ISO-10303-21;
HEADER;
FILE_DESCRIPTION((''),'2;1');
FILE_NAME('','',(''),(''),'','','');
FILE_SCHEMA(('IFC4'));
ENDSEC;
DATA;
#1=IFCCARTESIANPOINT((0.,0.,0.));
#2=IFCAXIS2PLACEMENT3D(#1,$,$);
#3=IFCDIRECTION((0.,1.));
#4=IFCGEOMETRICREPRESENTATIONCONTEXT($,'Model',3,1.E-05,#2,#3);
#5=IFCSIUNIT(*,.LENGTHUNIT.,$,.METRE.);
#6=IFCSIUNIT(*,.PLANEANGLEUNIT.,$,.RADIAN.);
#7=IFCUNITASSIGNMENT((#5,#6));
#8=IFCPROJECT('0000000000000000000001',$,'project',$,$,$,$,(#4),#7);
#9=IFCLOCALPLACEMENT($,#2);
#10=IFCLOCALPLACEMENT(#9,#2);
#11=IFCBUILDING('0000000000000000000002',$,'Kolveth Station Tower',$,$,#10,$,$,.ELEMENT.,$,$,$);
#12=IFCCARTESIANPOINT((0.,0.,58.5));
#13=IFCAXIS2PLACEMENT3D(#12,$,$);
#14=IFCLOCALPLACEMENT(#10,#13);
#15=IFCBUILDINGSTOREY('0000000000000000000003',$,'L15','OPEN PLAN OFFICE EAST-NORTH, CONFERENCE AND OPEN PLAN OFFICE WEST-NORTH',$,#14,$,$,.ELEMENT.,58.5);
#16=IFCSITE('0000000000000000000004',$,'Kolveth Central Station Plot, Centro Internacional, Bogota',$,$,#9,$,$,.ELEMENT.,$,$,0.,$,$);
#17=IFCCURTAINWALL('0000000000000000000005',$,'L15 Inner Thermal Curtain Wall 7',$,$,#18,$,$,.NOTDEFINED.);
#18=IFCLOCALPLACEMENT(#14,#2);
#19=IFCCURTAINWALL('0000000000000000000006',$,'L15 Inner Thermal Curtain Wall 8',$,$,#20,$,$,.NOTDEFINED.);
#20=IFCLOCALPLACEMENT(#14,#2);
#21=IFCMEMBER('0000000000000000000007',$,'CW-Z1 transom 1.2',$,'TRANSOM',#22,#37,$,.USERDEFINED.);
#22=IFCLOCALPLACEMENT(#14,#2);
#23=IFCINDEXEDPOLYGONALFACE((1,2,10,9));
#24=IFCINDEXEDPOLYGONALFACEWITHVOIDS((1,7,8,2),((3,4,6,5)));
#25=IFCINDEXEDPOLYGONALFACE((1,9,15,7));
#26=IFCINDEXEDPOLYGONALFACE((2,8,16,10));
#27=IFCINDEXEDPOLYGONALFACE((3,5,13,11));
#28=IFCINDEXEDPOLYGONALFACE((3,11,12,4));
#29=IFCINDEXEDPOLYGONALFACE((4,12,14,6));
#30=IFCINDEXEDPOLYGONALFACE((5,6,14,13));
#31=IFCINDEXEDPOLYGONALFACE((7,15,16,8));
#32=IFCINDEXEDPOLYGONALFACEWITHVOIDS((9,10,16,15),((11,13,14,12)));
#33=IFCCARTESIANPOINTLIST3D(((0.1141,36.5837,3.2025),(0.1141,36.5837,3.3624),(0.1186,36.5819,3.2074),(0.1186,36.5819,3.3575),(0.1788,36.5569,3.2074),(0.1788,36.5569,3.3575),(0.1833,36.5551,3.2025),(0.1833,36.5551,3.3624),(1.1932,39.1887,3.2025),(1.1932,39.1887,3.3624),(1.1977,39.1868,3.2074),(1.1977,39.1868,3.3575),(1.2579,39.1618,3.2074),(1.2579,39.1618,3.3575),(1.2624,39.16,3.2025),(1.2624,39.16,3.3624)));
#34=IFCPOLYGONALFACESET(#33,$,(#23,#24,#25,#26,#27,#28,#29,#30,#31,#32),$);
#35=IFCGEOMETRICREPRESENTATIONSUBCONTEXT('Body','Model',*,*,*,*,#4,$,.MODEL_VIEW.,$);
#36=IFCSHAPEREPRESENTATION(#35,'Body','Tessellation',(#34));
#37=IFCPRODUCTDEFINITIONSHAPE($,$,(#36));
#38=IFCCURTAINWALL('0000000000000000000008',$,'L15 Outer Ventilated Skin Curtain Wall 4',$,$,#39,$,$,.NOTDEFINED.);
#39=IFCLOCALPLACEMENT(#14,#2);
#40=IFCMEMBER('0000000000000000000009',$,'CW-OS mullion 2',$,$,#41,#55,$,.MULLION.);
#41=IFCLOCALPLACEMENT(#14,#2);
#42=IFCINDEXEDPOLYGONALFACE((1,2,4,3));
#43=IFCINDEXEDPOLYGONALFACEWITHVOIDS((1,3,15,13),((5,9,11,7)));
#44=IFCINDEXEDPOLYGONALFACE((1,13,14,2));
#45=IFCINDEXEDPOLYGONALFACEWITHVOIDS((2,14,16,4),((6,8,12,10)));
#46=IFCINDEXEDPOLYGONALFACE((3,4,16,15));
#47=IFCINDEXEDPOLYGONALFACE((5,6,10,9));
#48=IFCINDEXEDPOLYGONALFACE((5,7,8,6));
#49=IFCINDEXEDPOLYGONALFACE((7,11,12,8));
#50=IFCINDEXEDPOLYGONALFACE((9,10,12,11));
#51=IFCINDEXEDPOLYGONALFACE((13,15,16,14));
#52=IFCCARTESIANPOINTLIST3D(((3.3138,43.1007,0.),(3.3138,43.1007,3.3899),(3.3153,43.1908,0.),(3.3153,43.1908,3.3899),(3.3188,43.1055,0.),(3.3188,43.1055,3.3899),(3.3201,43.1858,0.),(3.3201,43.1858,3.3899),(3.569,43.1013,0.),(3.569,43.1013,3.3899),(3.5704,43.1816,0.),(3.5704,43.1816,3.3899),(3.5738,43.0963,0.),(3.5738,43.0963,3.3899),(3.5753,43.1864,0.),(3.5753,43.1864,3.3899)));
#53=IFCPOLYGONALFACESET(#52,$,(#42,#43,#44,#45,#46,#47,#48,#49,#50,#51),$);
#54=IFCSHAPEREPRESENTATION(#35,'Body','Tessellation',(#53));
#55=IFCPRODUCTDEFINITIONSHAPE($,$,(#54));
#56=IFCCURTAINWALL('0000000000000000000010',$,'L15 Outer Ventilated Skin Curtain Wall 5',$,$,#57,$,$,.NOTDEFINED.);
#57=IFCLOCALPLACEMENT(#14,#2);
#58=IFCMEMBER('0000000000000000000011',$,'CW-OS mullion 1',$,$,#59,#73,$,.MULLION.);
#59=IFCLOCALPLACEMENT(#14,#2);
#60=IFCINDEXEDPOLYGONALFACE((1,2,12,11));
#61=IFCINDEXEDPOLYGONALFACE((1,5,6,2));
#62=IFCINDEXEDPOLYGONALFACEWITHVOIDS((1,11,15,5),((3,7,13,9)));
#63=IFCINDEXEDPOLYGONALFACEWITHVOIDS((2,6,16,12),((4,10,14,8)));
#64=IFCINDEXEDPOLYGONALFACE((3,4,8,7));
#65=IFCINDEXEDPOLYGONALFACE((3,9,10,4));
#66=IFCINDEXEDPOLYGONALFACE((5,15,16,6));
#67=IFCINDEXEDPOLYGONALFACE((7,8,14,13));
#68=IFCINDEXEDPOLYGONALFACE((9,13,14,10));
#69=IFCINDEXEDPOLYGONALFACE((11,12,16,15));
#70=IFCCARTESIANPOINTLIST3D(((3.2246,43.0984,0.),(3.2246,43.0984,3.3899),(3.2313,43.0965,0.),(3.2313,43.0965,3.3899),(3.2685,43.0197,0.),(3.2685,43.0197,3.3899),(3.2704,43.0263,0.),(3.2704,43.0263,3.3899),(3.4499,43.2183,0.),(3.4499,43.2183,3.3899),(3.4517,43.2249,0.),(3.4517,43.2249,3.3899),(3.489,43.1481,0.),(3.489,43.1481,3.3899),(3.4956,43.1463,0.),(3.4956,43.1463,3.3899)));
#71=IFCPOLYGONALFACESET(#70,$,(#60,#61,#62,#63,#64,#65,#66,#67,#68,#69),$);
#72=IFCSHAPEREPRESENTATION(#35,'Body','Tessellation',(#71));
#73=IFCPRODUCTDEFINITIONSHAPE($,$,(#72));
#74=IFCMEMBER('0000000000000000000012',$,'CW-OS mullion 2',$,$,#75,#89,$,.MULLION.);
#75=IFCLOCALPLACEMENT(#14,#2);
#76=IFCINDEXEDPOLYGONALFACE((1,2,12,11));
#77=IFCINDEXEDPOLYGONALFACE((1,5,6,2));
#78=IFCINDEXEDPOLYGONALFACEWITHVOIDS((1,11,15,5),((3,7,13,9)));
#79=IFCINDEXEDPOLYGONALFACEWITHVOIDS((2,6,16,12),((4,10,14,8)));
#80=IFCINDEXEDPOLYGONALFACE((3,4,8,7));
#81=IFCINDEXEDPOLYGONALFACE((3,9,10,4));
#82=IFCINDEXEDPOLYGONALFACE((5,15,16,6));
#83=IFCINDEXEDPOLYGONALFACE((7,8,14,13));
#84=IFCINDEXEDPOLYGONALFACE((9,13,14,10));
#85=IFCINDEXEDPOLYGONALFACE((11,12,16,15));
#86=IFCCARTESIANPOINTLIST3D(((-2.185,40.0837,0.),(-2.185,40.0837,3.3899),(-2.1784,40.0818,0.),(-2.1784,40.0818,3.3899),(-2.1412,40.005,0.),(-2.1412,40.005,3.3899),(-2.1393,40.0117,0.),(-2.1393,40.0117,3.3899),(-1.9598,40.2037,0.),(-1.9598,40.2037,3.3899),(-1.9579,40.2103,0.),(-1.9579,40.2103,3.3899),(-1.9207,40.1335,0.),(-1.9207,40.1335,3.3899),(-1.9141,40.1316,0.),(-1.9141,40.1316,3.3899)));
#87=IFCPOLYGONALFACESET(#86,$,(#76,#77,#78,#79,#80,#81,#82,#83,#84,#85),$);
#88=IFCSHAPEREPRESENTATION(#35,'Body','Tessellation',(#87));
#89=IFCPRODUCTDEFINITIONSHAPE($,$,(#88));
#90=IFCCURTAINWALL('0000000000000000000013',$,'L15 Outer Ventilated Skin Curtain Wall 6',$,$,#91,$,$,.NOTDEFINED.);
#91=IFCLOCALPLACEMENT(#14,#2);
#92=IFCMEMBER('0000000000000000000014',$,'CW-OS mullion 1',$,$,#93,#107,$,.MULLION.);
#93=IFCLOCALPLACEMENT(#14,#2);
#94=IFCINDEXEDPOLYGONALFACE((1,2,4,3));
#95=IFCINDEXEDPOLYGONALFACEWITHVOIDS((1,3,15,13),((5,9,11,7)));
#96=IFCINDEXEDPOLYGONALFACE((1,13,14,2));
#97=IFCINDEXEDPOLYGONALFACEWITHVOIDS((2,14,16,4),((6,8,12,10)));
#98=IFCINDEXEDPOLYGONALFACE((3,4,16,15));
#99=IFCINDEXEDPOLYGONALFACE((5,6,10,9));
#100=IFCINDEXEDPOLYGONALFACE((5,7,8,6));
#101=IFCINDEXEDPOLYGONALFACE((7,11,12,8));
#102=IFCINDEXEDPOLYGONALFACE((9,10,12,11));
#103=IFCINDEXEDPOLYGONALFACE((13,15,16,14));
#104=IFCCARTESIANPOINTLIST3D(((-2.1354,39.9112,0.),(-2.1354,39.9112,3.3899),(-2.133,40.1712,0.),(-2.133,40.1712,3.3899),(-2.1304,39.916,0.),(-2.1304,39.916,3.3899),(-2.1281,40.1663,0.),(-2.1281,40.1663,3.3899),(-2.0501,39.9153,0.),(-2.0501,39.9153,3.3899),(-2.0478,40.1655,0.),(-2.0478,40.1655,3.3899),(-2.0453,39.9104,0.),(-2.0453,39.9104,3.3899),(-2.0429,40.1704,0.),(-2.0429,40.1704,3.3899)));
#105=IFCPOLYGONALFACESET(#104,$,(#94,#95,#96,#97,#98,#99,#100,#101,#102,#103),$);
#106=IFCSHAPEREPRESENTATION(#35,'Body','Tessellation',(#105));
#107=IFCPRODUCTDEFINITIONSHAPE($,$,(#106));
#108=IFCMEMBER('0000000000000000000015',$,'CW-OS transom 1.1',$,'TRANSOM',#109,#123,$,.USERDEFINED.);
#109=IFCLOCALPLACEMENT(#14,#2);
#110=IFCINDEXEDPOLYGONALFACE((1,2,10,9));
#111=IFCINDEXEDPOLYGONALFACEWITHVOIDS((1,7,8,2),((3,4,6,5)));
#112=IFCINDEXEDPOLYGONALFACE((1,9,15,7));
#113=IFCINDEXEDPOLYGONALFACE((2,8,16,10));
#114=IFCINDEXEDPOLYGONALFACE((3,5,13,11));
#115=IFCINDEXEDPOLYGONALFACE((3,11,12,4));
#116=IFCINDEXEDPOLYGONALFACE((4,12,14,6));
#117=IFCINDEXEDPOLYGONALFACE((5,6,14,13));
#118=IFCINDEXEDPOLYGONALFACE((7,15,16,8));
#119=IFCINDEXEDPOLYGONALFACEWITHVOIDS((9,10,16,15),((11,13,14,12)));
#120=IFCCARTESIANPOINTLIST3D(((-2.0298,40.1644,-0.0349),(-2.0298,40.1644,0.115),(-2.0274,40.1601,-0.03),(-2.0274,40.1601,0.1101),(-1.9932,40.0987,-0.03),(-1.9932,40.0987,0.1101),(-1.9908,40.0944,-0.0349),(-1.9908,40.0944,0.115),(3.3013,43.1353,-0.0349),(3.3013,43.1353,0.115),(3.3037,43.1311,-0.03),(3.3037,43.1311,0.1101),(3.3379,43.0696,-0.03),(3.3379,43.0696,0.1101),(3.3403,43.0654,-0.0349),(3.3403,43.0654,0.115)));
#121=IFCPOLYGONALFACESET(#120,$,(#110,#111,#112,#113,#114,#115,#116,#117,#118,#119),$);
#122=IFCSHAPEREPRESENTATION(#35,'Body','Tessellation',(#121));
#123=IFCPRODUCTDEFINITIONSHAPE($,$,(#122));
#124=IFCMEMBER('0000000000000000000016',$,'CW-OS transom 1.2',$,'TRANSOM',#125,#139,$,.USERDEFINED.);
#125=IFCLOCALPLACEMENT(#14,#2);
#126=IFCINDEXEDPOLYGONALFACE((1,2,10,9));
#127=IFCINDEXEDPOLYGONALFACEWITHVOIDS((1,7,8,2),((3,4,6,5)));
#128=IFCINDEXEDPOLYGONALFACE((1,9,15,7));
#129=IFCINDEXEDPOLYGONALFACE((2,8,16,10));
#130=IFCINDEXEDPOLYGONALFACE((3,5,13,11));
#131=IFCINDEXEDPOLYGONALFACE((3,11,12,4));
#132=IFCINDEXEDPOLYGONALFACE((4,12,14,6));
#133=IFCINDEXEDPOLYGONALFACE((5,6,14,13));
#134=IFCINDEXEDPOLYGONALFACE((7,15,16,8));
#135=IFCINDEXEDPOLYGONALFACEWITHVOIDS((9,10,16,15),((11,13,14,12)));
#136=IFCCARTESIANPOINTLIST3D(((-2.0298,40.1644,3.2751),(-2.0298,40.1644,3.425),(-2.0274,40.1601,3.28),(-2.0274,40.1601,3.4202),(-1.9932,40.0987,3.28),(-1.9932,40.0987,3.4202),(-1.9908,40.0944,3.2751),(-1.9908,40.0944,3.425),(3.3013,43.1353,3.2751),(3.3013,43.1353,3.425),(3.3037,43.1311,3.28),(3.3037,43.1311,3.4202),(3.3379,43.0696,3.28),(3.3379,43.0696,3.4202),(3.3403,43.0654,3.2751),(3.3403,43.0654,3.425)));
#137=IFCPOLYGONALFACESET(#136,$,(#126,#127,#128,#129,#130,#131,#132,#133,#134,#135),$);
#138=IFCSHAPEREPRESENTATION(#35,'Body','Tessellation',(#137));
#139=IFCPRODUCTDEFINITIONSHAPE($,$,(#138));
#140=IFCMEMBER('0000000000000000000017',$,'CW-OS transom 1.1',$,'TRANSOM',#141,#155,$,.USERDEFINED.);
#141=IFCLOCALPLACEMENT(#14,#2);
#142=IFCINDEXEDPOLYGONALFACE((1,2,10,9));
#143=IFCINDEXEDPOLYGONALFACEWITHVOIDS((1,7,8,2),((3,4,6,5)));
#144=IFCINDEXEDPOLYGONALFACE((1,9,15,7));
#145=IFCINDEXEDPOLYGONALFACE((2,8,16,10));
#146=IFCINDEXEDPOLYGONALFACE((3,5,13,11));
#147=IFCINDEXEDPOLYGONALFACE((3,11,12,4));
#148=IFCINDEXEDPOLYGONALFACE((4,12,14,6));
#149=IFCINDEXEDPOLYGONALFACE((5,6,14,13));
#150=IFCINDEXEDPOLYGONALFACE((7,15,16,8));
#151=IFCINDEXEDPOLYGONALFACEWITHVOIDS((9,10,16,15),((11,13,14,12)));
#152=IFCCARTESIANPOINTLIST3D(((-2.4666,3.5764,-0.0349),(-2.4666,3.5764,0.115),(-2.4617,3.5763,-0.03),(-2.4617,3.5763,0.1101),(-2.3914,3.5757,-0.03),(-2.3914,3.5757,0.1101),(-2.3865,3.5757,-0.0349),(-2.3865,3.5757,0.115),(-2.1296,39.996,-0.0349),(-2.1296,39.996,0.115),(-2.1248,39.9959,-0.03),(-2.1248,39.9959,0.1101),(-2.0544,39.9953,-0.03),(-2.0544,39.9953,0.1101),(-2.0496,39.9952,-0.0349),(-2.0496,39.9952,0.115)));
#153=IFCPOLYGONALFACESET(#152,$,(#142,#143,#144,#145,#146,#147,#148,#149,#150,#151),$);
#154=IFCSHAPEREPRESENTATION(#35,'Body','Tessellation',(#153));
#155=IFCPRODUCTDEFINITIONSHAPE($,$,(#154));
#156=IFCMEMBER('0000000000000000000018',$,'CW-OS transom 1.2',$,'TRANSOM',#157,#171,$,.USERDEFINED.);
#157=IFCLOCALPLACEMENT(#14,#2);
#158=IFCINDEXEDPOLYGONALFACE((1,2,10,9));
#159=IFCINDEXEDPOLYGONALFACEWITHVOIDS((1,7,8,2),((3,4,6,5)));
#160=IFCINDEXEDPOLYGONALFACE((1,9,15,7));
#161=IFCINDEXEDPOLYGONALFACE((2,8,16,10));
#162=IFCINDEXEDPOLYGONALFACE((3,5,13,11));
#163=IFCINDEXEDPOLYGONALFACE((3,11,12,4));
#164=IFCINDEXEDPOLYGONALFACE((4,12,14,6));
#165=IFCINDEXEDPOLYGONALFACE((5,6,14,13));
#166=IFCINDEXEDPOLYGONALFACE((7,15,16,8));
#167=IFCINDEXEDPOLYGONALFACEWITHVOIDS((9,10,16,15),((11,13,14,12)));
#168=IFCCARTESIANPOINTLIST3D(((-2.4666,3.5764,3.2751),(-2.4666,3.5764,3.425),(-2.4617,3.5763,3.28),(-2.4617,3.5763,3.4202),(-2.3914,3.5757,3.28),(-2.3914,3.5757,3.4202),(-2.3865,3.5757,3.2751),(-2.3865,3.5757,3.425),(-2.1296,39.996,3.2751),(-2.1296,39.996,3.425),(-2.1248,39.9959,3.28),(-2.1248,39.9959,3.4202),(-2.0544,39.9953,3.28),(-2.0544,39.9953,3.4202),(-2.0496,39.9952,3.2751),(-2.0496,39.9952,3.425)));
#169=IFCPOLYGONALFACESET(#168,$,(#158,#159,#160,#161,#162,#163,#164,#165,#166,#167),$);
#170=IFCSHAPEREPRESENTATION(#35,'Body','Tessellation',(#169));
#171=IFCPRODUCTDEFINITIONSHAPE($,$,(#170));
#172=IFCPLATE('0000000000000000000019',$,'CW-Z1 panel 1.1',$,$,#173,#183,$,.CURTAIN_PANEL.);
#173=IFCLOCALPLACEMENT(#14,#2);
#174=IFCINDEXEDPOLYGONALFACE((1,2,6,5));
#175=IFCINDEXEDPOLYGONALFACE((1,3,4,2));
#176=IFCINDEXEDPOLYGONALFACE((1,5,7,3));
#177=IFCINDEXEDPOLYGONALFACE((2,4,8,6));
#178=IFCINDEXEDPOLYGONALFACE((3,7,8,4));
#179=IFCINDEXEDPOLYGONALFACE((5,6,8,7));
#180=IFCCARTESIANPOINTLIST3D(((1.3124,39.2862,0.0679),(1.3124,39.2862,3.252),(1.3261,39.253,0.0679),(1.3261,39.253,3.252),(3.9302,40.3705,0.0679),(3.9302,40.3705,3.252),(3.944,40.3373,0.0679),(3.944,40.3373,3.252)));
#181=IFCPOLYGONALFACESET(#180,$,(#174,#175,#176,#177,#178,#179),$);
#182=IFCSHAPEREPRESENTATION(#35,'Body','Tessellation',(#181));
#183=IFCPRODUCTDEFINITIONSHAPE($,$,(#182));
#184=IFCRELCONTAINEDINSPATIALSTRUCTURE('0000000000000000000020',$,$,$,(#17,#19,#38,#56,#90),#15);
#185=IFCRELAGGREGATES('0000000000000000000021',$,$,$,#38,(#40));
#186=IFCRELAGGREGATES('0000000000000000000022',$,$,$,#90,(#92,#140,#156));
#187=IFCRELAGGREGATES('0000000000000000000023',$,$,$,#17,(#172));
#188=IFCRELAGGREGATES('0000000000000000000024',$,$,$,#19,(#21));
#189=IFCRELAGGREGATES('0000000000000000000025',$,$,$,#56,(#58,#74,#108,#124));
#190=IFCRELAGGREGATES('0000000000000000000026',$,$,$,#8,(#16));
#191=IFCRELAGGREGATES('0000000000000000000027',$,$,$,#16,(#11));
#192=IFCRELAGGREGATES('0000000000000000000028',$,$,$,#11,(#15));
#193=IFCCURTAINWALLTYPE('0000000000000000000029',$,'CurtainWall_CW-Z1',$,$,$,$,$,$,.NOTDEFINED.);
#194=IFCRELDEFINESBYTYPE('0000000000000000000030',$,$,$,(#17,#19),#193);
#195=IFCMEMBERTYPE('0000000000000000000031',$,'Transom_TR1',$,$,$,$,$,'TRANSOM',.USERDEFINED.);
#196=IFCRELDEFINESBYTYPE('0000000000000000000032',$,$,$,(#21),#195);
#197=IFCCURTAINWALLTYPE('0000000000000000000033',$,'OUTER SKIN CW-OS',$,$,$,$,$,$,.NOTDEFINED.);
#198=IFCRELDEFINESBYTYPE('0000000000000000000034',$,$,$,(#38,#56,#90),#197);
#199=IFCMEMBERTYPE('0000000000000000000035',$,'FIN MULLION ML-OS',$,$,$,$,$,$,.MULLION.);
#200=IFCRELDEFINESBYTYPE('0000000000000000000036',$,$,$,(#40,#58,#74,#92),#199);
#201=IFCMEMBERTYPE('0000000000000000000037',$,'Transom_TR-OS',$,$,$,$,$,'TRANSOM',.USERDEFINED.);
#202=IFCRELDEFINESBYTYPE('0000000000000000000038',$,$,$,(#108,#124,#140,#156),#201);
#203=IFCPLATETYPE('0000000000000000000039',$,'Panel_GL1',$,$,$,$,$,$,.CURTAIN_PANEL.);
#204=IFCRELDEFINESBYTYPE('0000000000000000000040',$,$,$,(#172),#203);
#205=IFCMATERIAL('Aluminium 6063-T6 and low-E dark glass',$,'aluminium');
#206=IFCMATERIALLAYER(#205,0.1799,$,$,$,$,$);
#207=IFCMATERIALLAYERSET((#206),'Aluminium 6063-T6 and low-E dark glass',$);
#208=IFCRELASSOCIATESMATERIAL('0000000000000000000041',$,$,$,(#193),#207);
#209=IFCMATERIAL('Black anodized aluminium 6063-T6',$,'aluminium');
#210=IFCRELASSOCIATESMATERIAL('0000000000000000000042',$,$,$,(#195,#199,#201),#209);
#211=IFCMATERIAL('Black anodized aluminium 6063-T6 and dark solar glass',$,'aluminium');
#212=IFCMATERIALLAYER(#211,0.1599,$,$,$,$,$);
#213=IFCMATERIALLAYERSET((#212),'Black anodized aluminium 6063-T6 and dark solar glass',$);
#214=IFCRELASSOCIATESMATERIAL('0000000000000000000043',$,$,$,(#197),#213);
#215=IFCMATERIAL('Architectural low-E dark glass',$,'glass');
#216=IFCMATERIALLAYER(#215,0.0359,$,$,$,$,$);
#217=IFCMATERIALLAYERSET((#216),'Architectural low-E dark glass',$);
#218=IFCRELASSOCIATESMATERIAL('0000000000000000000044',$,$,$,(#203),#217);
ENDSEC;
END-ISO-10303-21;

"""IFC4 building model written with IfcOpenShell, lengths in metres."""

from ifc_helpers import new_model, si_unit, direction, frame, origin, origin_2d, place, context, subcontext, project, spatial, rectangle, hollow_rectangle, extrude, source, transform, mapped, material, layer, layer_set, material_profile, profile_set, type_object, element, aggregate, save


model = new_model("IFC4")

# Units and contexts
model_context = context("Model", 3, precision=1e-05, world=origin(), true_north=direction((0.0, 1.0)))
body_context = subcontext(model_context, "Body", "Model", "MODEL_VIEW")
ifc_project = project(units=[si_unit("LENGTHUNIT", "METRE"), si_unit("PLANEANGLEUNIT", "RADIAN")], contexts=[model_context])

# Site, building, storey
site_placement = place(None, origin())
site = spatial("IfcSite", under=ifc_project, at=site_placement, Name="Kolveth Central Station Plot, Centro Internacional, Bogota", CompositionType="ELEMENT", RefElevation=0.0)
building_placement = place(site_placement, origin())
building = spatial("IfcBuilding", under=site, at=building_placement, Name="Kolveth Station Tower", CompositionType="ELEMENT")
storey_placement = place(building_placement, frame((0.0, 0.0, 58.5)))
storey = spatial("IfcBuildingStorey", under=building, at=storey_placement, Name="L15", Description="OPEN PLAN OFFICE EAST-NORTH, CONFERENCE AND OPEN PLAN OFFICE WEST-NORTH", CompositionType="ELEMENT", Elevation=58.5)

# Shared definitions
ifc_material_1 = material(Name="Aluminium 6063-T6 and low-E dark glass", Category="aluminium")
ifc_layer_1 = layer(ifc_material_1, 0.1799)
ifc_layer_set_1 = layer_set([ifc_layer_1], Name="Aluminium 6063-T6 and low-E dark glass")
curtain_wall_type_1 = type_object("IfcCurtainWallType", Name="CurtainWall_CW-Z1", PredefinedType="NOTDEFINED", material=ifc_layer_set_1)
ifc_material_2 = material(Name="Black anodized aluminium 6063-T6", Category="aluminium")

# Curtain walls
curtain_wall_1_placement = place(storey_placement, origin())
curtain_wall_1 = element("IfcCurtainWall", 1, at=curtain_wall_1_placement, inside=storey, type_object=curtain_wall_type_1, Name="L15 Inner Thermal Curtain Wall 7", PredefinedType="NOTDEFINED")
curtain_wall_2_placement = place(storey_placement, origin())
curtain_wall_2 = element("IfcCurtainWall", 2, at=curtain_wall_2_placement, inside=storey, type_object=curtain_wall_type_1, Name="L15 Inner Thermal Curtain Wall 8", PredefinedType="NOTDEFINED")

# Member
ifc_material_profile_1 = material_profile(ifc_material_2, hollow_rectangle(XDim=0.075, YDim=0.1599, WallThickness=0.0049, at=origin_2d()), Name="ALU-75x160x5")
ifc_profile_set_1 = profile_set([ifc_material_profile_1], Name="Black anodized aluminium 6063-T6")
member_type_1 = type_object("IfcMemberType", Name="Transom_TR1", ElementType="TRANSOM", PredefinedType="USERDEFINED", material=ifc_profile_set_1)
shared_shape_1 = source(origin(), body_context, "Body", "SweptSolid", [
    extrude(hollow_rectangle(XDim=0.075, YDim=0.1599, WallThickness=0.0049, at=origin_2d()), origin(), (0.0, 0.0, 1.0), 2.8196),
])
member_1_placement = place(storey_placement, frame((1.2278, 39.1743, 3.2825), z_axis=(-0.382709, -0.923869, 0.0), x_axis=(0.923869, -0.382709, 0.0)))
member_1 = element("IfcMember", 3, at=member_1_placement, type_object=member_type_1, Name="CW-Z1 transom 1.2", ObjectType="TRANSOM", PredefinedType="USERDEFINED", context=body_context, shape_type="MappedRepresentation", body=[
    mapped(shared_shape_1, transform((0.0, 0.0, 0.0), x_axis=(1.0, 0.0, 0.0), y_axis=(0.0, 1.0, 0.0), z_axis=(0.0, 0.0, 1.0), scale=1.0)),
])

# Curtain wall, member
ifc_material_3 = material(Name="Black anodized aluminium 6063-T6 and dark solar glass", Category="aluminium")
ifc_layer_2 = layer(ifc_material_3, 0.1599)
ifc_layer_set_2 = layer_set([ifc_layer_2], Name="Black anodized aluminium 6063-T6 and dark solar glass")
curtain_wall_type_2 = type_object("IfcCurtainWallType", Name="OUTER SKIN CW-OS", PredefinedType="NOTDEFINED", material=ifc_layer_set_2)
curtain_wall_3_placement = place(storey_placement, origin())
curtain_wall_3 = element("IfcCurtainWall", 4, at=curtain_wall_3_placement, inside=storey, type_object=curtain_wall_type_2, Name="L15 Outer Ventilated Skin Curtain Wall 4", PredefinedType="NOTDEFINED")
ifc_material_profile_2 = material_profile(ifc_material_2, hollow_rectangle(XDim=0.0901, YDim=0.26, WallThickness=0.0049, at=origin_2d()), Name="ALU-90x260x5")
ifc_profile_set_2 = profile_set([ifc_material_profile_2], Name="Black anodized aluminium 6063-T6")
member_type_2 = type_object("IfcMemberType", Name="FIN MULLION ML-OS", PredefinedType="MULLION", material=ifc_profile_set_2)
shared_shape_2 = source(origin(), body_context, "Body", "SweptSolid", [
    extrude(hollow_rectangle(XDim=0.0901, YDim=0.26, WallThickness=0.0049, at=origin_2d()), origin(), (0.0, 0.0, 1.0), 3.3899),
])
member_2_placement = place(storey_placement, frame((3.4446, 43.1436, 0.0), z_axis=(0.0, 0.0, 1.0), x_axis=(-0.016764, -0.999859, 0.0)))
member_2 = element("IfcMember", 5, at=member_2_placement, type_object=member_type_2, Name="CW-OS mullion 2", PredefinedType="MULLION", context=body_context, shape_type="MappedRepresentation", body=[
    mapped(shared_shape_2, transform((0.0, 0.0, 0.0), x_axis=(1.0, 0.0, 0.0), y_axis=(0.0, 1.0, 0.0), z_axis=(0.0, 0.0, 1.0), scale=1.0)),
])
aggregate(curtain_wall_3, [member_2])

# Curtain wall, members
curtain_wall_4_placement = place(storey_placement, origin())
curtain_wall_4 = element("IfcCurtainWall", 6, at=curtain_wall_4_placement, inside=storey, type_object=curtain_wall_type_2, Name="L15 Outer Ventilated Skin Curtain Wall 5", PredefinedType="NOTDEFINED")
member_3_placement = place(storey_placement, frame((3.3601, 43.1223, 0.0), z_axis=(0.0, 0.0, 1.0), x_axis=(0.486791, -0.873518, 0.0)))
member_3 = element("IfcMember", 7, at=member_3_placement, type_object=member_type_2, Name="CW-OS mullion 1", PredefinedType="MULLION", context=body_context, shape_type="MappedRepresentation", body=[
    mapped(shared_shape_2, transform((0.0, 0.0, 0.0), x_axis=(1.0, 0.0, 0.0), y_axis=(0.0, 1.0, 0.0), z_axis=(0.0, 0.0, 1.0), scale=1.0)),
])
member_4_placement = place(storey_placement, frame((-2.0496, 40.1077, 0.0), z_axis=(0.0, 0.0, 1.0), x_axis=(0.486791, -0.873518, 0.0)))
member_4 = element("IfcMember", 8, at=member_4_placement, type_object=member_type_2, Name="CW-OS mullion 2", PredefinedType="MULLION", context=body_context, shape_type="MappedRepresentation", body=[
    mapped(shared_shape_2, transform((0.0, 0.0, 0.0), x_axis=(1.0, 0.0, 0.0), y_axis=(0.0, 1.0, 0.0), z_axis=(0.0, 0.0, 1.0), scale=1.0)),
])

# Curtain wall, member
curtain_wall_5_placement = place(storey_placement, origin())
curtain_wall_5 = element("IfcCurtainWall", 9, at=curtain_wall_5_placement, inside=storey, type_object=curtain_wall_type_2, Name="L15 Outer Ventilated Skin Curtain Wall 6", PredefinedType="NOTDEFINED")
member_5_placement = place(storey_placement, frame((-2.0891, 40.0408, 0.0), z_axis=(0.0, 0.0, 1.0), x_axis=(0.999957, -0.009248, 0.0)))
member_5 = element("IfcMember", 10, at=member_5_placement, type_object=member_type_2, Name="CW-OS mullion 1", PredefinedType="MULLION", context=body_context, shape_type="MappedRepresentation", body=[
    mapped(shared_shape_2, transform((0.0, 0.0, 0.0), x_axis=(1.0, 0.0, 0.0), y_axis=(0.0, 1.0, 0.0), z_axis=(0.0, 0.0, 1.0), scale=1.0)),
])

# Members
ifc_material_profile_3 = material_profile(ifc_material_2, hollow_rectangle(XDim=0.0801, YDim=0.1499, WallThickness=0.0049, at=origin_2d()), Name="ALU-80x150x5")
ifc_profile_set_3 = profile_set([ifc_material_profile_3], Name="Black anodized aluminium 6063-T6")
member_type_3 = type_object("IfcMemberType", Name="Transom_TR-OS", ElementType="TRANSOM", PredefinedType="USERDEFINED", material=ifc_profile_set_3)
shared_shape_3 = source(origin(), body_context, "Body", "SweptSolid", [
    extrude(hollow_rectangle(XDim=0.0801, YDim=0.1499, WallThickness=0.0049, at=origin_2d()), origin(), (0.0, 0.0, 1.0), 6.103),
])
member_6_placement = place(storey_placement, frame((3.3208, 43.1003, 0.04), z_axis=(-0.873513, -0.486801, 0.0), x_axis=(0.486801, -0.873513, 0.0)))
member_6 = element("IfcMember", 11, at=member_6_placement, type_object=member_type_3, Name="CW-OS transom 1.1", ObjectType="TRANSOM", PredefinedType="USERDEFINED", context=body_context, shape_type="MappedRepresentation", body=[
    mapped(shared_shape_3, transform((0.0, 0.0, 0.0), x_axis=(1.0, 0.0, 0.0), y_axis=(0.0, 1.0, 0.0), z_axis=(0.0, 0.0, 1.0), scale=1.0)),
])
member_7_placement = place(storey_placement, frame((3.3208, 43.1003, 3.3501), z_axis=(-0.873513, -0.486801, 0.0), x_axis=(0.486801, -0.873513, 0.0)))
member_7 = element("IfcMember", 12, at=member_7_placement, type_object=member_type_3, Name="CW-OS transom 1.2", ObjectType="TRANSOM", PredefinedType="USERDEFINED", context=body_context, shape_type="MappedRepresentation", body=[
    mapped(shared_shape_3, transform((0.0, 0.0, 0.0), x_axis=(1.0, 0.0, 0.0), y_axis=(0.0, 1.0, 0.0), z_axis=(0.0, 0.0, 1.0), scale=1.0)),
])
shared_shape_4 = source(origin(), body_context, "Body", "SweptSolid", [
    extrude(hollow_rectangle(XDim=0.0801, YDim=0.1499, WallThickness=0.0049, at=origin_2d()), origin(), (0.0, 0.0, 1.0), 36.4211),
])
member_8_placement = place(storey_placement, frame((-2.0896, 39.9956, 0.04), z_axis=(-0.00925, -0.999957, 0.0), x_axis=(0.999957, -0.00925, 0.0)))
member_8 = element("IfcMember", 13, at=member_8_placement, type_object=member_type_3, Name="CW-OS transom 1.1", ObjectType="TRANSOM", PredefinedType="USERDEFINED", context=body_context, shape_type="MappedRepresentation", body=[
    mapped(shared_shape_4, transform((0.0, 0.0, 0.0), x_axis=(1.0, 0.0, 0.0), y_axis=(0.0, 1.0, 0.0), z_axis=(0.0, 0.0, 1.0), scale=1.0)),
])
member_9_placement = place(storey_placement, frame((-2.0896, 39.9956, 3.3501), z_axis=(-0.00925, -0.999957, 0.0), x_axis=(0.999957, -0.00925, 0.0)))
member_9 = element("IfcMember", 14, at=member_9_placement, type_object=member_type_3, Name="CW-OS transom 1.2", ObjectType="TRANSOM", PredefinedType="USERDEFINED", context=body_context, shape_type="MappedRepresentation", body=[
    mapped(shared_shape_4, transform((0.0, 0.0, 0.0), x_axis=(1.0, 0.0, 0.0), y_axis=(0.0, 1.0, 0.0), z_axis=(0.0, 0.0, 1.0), scale=1.0)),
])
aggregate(curtain_wall_5, [member_5, member_8, member_9])

# Plate
ifc_material_4 = material(Name="Architectural low-E dark glass", Category="glass")
ifc_layer_3 = layer(ifc_material_4, 0.0359)
ifc_layer_set_3 = layer_set([ifc_layer_3], Name="Architectural low-E dark glass")
plate_type_1 = type_object("IfcPlateType", Name="Panel_GL1", PredefinedType="CURTAIN_PANEL", material=ifc_layer_set_3)
shared_shape_5 = source(origin(), body_context, "Body", "SweptSolid", [
    extrude(rectangle(XDim=2.8335, YDim=0.0359, at=origin_2d()), origin(), (0.0, 0.0, 1.0), 3.1841),
])
plate_1_placement = place(storey_placement, frame((2.6282, 39.8118, 0.0679), z_axis=(0.0, 0.0, 1.0), x_axis=(-0.923884, -0.382673, 0.0)))
plate_1 = element("IfcPlate", 15, at=plate_1_placement, type_object=plate_type_1, Name="CW-Z1 panel 1.1", PredefinedType="CURTAIN_PANEL", context=body_context, shape_type="MappedRepresentation", body=[
    mapped(shared_shape_5, transform((0.0, 0.0, 0.0), x_axis=(1.0, 0.0, 0.0), y_axis=(0.0, 1.0, 0.0), z_axis=(0.0, 0.0, 1.0), scale=1.0)),
])
aggregate(curtain_wall_1, [plate_1])
aggregate(curtain_wall_2, [member_1])
aggregate(curtain_wall_4, [member_3, member_4, member_6, member_7])

save(model, "model.ifc")
